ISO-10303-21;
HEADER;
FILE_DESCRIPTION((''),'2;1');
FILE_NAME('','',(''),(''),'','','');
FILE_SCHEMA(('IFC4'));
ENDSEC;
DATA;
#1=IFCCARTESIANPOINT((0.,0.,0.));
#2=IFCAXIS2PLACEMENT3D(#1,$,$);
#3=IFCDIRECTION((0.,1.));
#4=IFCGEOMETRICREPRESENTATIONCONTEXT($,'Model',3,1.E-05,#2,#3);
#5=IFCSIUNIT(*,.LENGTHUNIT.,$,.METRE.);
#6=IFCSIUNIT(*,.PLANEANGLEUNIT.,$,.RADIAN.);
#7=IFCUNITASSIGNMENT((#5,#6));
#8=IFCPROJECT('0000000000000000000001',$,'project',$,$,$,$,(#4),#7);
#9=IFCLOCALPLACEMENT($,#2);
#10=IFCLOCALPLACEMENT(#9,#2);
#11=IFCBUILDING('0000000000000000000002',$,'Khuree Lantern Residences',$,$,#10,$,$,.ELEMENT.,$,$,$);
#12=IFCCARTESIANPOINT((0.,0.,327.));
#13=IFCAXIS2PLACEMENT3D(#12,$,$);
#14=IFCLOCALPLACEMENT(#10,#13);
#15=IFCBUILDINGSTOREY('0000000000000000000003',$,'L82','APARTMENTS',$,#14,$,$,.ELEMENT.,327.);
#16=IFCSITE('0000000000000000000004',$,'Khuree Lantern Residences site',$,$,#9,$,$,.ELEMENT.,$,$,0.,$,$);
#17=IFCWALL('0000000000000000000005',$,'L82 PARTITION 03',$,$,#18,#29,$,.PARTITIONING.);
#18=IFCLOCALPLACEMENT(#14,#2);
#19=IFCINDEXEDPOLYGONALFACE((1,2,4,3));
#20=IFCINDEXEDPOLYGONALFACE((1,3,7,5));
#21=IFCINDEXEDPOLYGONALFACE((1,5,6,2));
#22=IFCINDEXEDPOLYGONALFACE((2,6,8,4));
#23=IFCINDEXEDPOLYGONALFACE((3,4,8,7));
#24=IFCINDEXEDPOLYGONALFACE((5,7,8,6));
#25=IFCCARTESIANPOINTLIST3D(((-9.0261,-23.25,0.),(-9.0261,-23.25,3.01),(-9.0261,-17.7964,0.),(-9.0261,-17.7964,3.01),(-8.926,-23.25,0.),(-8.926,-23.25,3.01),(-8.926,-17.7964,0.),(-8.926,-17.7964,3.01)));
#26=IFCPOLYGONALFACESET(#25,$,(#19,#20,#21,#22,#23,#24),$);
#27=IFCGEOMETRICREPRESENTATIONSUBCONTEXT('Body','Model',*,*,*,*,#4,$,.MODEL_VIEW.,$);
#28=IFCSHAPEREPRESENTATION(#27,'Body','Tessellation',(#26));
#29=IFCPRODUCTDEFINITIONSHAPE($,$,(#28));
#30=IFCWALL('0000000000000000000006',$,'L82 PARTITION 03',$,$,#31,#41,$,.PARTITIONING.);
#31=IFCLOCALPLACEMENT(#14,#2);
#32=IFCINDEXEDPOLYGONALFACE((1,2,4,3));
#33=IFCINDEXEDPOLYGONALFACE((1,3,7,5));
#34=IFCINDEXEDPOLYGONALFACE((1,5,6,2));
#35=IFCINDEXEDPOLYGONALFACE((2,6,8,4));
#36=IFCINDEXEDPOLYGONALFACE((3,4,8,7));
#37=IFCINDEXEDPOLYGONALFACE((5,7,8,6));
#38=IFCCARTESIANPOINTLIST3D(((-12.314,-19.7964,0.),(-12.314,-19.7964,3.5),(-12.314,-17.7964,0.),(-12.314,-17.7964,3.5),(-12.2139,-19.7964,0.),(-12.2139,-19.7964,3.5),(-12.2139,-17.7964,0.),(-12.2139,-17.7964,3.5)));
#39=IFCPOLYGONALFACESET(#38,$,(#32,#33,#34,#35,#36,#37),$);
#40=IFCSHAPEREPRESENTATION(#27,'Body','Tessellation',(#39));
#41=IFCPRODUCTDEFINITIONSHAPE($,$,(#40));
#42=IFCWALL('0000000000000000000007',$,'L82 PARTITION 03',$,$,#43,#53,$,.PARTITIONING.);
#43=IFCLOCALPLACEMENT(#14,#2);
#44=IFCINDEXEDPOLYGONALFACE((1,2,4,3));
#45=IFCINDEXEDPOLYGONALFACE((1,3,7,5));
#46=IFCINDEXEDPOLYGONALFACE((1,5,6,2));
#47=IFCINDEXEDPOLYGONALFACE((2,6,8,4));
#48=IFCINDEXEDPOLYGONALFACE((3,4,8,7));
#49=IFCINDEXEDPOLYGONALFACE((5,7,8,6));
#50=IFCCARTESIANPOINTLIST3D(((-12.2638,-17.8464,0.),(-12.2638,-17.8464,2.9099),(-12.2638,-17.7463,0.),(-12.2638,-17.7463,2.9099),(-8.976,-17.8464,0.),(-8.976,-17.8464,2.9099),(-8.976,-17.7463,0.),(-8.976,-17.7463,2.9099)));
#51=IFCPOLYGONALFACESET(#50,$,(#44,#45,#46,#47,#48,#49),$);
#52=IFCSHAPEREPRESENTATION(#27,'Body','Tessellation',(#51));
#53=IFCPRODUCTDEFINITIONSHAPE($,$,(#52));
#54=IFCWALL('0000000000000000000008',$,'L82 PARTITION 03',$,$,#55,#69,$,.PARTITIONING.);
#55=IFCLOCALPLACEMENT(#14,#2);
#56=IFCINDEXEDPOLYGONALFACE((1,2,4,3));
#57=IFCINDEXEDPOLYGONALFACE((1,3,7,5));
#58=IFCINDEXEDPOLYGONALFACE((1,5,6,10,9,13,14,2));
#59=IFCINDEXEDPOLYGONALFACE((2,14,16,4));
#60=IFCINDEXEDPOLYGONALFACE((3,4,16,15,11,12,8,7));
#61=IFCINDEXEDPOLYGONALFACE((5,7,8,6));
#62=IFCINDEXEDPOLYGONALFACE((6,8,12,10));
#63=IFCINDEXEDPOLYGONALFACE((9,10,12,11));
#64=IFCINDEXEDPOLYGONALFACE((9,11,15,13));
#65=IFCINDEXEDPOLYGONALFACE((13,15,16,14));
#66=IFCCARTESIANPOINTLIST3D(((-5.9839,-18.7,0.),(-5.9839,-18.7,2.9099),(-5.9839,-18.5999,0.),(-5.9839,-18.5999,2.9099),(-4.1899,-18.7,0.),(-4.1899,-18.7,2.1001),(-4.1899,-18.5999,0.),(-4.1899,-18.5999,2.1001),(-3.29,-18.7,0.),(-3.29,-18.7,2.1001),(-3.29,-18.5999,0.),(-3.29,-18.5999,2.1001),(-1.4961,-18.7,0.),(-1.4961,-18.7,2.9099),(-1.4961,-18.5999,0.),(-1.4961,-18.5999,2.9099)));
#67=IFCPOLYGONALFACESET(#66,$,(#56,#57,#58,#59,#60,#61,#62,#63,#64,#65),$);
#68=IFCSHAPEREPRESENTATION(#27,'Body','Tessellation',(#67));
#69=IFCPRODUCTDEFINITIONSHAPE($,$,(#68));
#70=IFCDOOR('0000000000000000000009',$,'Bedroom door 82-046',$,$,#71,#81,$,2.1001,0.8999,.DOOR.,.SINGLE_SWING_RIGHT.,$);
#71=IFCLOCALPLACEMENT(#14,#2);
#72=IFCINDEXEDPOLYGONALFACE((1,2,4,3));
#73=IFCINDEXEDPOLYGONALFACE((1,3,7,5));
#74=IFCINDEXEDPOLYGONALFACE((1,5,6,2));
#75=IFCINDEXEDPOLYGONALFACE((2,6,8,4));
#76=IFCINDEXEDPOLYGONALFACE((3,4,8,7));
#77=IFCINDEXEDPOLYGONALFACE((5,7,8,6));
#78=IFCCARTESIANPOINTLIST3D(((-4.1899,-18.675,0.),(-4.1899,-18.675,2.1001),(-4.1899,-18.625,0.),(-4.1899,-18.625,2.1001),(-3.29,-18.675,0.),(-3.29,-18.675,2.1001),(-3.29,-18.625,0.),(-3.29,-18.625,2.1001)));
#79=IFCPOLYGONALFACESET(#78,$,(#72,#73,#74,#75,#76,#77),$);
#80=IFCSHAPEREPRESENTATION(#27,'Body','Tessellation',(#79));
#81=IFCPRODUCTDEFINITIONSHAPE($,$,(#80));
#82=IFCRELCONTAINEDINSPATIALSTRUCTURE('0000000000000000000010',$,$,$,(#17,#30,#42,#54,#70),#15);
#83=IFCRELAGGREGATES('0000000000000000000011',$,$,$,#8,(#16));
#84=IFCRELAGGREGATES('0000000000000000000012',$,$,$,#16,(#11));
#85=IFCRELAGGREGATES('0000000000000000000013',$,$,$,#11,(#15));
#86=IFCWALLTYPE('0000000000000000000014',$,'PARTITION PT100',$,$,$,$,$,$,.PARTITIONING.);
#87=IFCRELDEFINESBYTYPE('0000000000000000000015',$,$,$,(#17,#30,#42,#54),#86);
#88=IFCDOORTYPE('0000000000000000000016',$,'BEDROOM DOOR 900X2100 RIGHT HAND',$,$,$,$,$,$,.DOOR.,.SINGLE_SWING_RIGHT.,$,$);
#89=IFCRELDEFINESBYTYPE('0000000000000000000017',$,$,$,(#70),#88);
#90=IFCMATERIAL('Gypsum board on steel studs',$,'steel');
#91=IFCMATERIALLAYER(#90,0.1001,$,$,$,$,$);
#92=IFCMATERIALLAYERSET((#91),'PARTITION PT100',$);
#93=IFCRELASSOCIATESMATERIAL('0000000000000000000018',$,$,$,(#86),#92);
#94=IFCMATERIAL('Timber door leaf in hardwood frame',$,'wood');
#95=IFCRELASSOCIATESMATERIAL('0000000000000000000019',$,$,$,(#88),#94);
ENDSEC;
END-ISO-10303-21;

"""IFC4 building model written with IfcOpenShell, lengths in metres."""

from ifc_helpers import new_model, si_unit, direction, frame, frame_2d, origin, place, context, subcontext, project, spatial, rectangle, extrude, material, layer, layer_set, type_object, element, fill, save


model = new_model("IFC4")

# Units and contexts
model_context = context("Model", 3, precision=1e-05, world=origin(), true_north=direction((0.0, 1.0)))
body_context = subcontext(model_context, "Body", "Model", "MODEL_VIEW")
ifc_project = project(units=[si_unit("LENGTHUNIT", "METRE"), si_unit("PLANEANGLEUNIT", "RADIAN")], contexts=[model_context])

# Site, building, storey
site_placement = place(None, origin())
site = spatial("IfcSite", under=ifc_project, at=site_placement, Name="Khuree Lantern Residences site", CompositionType="ELEMENT", RefElevation=0.0)
building_placement = place(site_placement, origin())
building = spatial("IfcBuilding", under=site, at=building_placement, Name="Khuree Lantern Residences", CompositionType="ELEMENT")
storey_placement = place(building_placement, frame((0.0, 0.0, 327.0)))
storey = spatial("IfcBuildingStorey", under=building, at=storey_placement, Name="L82", Description="APARTMENTS", CompositionType="ELEMENT", Elevation=327.0)

# Shared definitions
ifc_material_1 = material(Name="Timber door leaf in hardwood frame", Category="wood")

# Walls
ifc_material_2 = material(Name="Gypsum board on steel studs", Category="steel")
ifc_layer_1 = layer(ifc_material_2, 0.1001)
ifc_layer_set_1 = layer_set([ifc_layer_1], Name="PARTITION PT100")
wall_type_1 = type_object("IfcWallType", Name="PARTITION PT100", PredefinedType="PARTITIONING", material=ifc_layer_set_1)
for number, where, z_axis, x_axis, name in (
    (1, (-8.9761, -17.7964, 0.0), (0.0, 0.0, 1.0), (0.0, -1.0, 0.0), "L82 PARTITION 03"),
):
    element("IfcWall", number, at=place(storey_placement, frame(where, z_axis=z_axis, x_axis=x_axis)), inside=storey, type_object=wall_type_1, Name=name, PredefinedType="PARTITIONING", context=body_context, shape_type="SweptSolid", body=[
        extrude(rectangle(XDim=5.4536, YDim=0.1001, at=frame_2d((2.7268, 0.0))), origin(), (0.0, 0.0, 1.0), 3.01),
    ])
wall_1_placement = place(storey_placement, frame((-12.2639, -17.7964, 0.0), z_axis=(0.0, 0.0, 1.0), x_axis=(0.0, -1.0, 0.0)))
element("IfcWall", 2, at=wall_1_placement, inside=storey, type_object=wall_type_1, Name="L82 PARTITION 03", PredefinedType="PARTITIONING", context=body_context, shape_type="SweptSolid", body=[
    extrude(rectangle(XDim=2.0, YDim=0.1001, at=frame_2d((1.0, 0.0))), origin(), (0.0, 0.0, 1.0), 3.5),
])
wall_2_placement = place(storey_placement, frame((-12.2639, -17.7964, 0.0), z_axis=(0.0, 0.0, 1.0), x_axis=(1.0, 0.0, 0.0)))
element("IfcWall", 3, at=wall_2_placement, inside=storey, type_object=wall_type_1, Name="L82 PARTITION 03", PredefinedType="PARTITIONING", context=body_context, shape_type="SweptSolid", body=[
    extrude(rectangle(XDim=3.2878, YDim=0.1001, at=frame_2d((1.644, 0.0))), origin(), (0.0, 0.0, 1.0), 2.9099),
])

# Wall, opening, door
wall_3_placement = place(storey_placement, frame((-5.9839, -18.6499, 0.0), z_axis=(0.0, 0.0, 1.0), x_axis=(1.0, 0.0, 0.0)))
wall_3 = element("IfcWall", 4, at=wall_3_placement, inside=storey, type_object=wall_type_1, Name="L82 PARTITION 03", PredefinedType="PARTITIONING", context=body_context, shape_type="SweptSolid", body=[
    extrude(rectangle(XDim=4.4878, YDim=0.1001, at=frame_2d((2.2439, 0.0))), origin(), (0.0, 0.0, 1.0), 2.9099),
])
opening_1_placement = place(wall_3_placement, frame((1.7939, 0.0, 0.0)))
opening_1 = element("IfcOpeningElement", 5, at=opening_1_placement, cuts=wall_3, PredefinedType="OPENING", context=body_context, shape_type="SweptSolid", body=[
    extrude(rectangle(XDim=0.8999, YDim=2.1001, at=frame_2d((0.45, 1.05))), frame((0.0, 0.0601, 0.0), z_axis=(0.0, -1.0, 0.0), x_axis=(1.0, 0.0, 0.0)), (0.0, 0.0, 1.0), 0.1201),
])
door_type_1 = type_object("IfcDoorType", Name="BEDROOM DOOR 900X2100 RIGHT HAND", OperationType="SINGLE_SWING_RIGHT", PredefinedType="DOOR", material=ifc_material_1)
door_1_placement = place(opening_1_placement, origin())
door_1 = element("IfcDoor", 6, at=door_1_placement, inside=storey, type_object=door_type_1, Name="Bedroom door 82-046", OperationType="SINGLE_SWING_RIGHT", OverallHeight=2.1001, OverallWidth=0.8999, PredefinedType="DOOR", context=body_context, shape_type="SweptSolid", body=[
    extrude(rectangle(XDim=0.8999, YDim=2.1001, at=frame_2d((0.45, 1.05))), frame((0.0, 0.0249, 0.0), z_axis=(0.0, -1.0, 0.0), x_axis=(1.0, 0.0, 0.0)), (0.0, 0.0, 1.0), 0.05),
])
fill(opening_1, door_1)

save(model, "model.ifc")
